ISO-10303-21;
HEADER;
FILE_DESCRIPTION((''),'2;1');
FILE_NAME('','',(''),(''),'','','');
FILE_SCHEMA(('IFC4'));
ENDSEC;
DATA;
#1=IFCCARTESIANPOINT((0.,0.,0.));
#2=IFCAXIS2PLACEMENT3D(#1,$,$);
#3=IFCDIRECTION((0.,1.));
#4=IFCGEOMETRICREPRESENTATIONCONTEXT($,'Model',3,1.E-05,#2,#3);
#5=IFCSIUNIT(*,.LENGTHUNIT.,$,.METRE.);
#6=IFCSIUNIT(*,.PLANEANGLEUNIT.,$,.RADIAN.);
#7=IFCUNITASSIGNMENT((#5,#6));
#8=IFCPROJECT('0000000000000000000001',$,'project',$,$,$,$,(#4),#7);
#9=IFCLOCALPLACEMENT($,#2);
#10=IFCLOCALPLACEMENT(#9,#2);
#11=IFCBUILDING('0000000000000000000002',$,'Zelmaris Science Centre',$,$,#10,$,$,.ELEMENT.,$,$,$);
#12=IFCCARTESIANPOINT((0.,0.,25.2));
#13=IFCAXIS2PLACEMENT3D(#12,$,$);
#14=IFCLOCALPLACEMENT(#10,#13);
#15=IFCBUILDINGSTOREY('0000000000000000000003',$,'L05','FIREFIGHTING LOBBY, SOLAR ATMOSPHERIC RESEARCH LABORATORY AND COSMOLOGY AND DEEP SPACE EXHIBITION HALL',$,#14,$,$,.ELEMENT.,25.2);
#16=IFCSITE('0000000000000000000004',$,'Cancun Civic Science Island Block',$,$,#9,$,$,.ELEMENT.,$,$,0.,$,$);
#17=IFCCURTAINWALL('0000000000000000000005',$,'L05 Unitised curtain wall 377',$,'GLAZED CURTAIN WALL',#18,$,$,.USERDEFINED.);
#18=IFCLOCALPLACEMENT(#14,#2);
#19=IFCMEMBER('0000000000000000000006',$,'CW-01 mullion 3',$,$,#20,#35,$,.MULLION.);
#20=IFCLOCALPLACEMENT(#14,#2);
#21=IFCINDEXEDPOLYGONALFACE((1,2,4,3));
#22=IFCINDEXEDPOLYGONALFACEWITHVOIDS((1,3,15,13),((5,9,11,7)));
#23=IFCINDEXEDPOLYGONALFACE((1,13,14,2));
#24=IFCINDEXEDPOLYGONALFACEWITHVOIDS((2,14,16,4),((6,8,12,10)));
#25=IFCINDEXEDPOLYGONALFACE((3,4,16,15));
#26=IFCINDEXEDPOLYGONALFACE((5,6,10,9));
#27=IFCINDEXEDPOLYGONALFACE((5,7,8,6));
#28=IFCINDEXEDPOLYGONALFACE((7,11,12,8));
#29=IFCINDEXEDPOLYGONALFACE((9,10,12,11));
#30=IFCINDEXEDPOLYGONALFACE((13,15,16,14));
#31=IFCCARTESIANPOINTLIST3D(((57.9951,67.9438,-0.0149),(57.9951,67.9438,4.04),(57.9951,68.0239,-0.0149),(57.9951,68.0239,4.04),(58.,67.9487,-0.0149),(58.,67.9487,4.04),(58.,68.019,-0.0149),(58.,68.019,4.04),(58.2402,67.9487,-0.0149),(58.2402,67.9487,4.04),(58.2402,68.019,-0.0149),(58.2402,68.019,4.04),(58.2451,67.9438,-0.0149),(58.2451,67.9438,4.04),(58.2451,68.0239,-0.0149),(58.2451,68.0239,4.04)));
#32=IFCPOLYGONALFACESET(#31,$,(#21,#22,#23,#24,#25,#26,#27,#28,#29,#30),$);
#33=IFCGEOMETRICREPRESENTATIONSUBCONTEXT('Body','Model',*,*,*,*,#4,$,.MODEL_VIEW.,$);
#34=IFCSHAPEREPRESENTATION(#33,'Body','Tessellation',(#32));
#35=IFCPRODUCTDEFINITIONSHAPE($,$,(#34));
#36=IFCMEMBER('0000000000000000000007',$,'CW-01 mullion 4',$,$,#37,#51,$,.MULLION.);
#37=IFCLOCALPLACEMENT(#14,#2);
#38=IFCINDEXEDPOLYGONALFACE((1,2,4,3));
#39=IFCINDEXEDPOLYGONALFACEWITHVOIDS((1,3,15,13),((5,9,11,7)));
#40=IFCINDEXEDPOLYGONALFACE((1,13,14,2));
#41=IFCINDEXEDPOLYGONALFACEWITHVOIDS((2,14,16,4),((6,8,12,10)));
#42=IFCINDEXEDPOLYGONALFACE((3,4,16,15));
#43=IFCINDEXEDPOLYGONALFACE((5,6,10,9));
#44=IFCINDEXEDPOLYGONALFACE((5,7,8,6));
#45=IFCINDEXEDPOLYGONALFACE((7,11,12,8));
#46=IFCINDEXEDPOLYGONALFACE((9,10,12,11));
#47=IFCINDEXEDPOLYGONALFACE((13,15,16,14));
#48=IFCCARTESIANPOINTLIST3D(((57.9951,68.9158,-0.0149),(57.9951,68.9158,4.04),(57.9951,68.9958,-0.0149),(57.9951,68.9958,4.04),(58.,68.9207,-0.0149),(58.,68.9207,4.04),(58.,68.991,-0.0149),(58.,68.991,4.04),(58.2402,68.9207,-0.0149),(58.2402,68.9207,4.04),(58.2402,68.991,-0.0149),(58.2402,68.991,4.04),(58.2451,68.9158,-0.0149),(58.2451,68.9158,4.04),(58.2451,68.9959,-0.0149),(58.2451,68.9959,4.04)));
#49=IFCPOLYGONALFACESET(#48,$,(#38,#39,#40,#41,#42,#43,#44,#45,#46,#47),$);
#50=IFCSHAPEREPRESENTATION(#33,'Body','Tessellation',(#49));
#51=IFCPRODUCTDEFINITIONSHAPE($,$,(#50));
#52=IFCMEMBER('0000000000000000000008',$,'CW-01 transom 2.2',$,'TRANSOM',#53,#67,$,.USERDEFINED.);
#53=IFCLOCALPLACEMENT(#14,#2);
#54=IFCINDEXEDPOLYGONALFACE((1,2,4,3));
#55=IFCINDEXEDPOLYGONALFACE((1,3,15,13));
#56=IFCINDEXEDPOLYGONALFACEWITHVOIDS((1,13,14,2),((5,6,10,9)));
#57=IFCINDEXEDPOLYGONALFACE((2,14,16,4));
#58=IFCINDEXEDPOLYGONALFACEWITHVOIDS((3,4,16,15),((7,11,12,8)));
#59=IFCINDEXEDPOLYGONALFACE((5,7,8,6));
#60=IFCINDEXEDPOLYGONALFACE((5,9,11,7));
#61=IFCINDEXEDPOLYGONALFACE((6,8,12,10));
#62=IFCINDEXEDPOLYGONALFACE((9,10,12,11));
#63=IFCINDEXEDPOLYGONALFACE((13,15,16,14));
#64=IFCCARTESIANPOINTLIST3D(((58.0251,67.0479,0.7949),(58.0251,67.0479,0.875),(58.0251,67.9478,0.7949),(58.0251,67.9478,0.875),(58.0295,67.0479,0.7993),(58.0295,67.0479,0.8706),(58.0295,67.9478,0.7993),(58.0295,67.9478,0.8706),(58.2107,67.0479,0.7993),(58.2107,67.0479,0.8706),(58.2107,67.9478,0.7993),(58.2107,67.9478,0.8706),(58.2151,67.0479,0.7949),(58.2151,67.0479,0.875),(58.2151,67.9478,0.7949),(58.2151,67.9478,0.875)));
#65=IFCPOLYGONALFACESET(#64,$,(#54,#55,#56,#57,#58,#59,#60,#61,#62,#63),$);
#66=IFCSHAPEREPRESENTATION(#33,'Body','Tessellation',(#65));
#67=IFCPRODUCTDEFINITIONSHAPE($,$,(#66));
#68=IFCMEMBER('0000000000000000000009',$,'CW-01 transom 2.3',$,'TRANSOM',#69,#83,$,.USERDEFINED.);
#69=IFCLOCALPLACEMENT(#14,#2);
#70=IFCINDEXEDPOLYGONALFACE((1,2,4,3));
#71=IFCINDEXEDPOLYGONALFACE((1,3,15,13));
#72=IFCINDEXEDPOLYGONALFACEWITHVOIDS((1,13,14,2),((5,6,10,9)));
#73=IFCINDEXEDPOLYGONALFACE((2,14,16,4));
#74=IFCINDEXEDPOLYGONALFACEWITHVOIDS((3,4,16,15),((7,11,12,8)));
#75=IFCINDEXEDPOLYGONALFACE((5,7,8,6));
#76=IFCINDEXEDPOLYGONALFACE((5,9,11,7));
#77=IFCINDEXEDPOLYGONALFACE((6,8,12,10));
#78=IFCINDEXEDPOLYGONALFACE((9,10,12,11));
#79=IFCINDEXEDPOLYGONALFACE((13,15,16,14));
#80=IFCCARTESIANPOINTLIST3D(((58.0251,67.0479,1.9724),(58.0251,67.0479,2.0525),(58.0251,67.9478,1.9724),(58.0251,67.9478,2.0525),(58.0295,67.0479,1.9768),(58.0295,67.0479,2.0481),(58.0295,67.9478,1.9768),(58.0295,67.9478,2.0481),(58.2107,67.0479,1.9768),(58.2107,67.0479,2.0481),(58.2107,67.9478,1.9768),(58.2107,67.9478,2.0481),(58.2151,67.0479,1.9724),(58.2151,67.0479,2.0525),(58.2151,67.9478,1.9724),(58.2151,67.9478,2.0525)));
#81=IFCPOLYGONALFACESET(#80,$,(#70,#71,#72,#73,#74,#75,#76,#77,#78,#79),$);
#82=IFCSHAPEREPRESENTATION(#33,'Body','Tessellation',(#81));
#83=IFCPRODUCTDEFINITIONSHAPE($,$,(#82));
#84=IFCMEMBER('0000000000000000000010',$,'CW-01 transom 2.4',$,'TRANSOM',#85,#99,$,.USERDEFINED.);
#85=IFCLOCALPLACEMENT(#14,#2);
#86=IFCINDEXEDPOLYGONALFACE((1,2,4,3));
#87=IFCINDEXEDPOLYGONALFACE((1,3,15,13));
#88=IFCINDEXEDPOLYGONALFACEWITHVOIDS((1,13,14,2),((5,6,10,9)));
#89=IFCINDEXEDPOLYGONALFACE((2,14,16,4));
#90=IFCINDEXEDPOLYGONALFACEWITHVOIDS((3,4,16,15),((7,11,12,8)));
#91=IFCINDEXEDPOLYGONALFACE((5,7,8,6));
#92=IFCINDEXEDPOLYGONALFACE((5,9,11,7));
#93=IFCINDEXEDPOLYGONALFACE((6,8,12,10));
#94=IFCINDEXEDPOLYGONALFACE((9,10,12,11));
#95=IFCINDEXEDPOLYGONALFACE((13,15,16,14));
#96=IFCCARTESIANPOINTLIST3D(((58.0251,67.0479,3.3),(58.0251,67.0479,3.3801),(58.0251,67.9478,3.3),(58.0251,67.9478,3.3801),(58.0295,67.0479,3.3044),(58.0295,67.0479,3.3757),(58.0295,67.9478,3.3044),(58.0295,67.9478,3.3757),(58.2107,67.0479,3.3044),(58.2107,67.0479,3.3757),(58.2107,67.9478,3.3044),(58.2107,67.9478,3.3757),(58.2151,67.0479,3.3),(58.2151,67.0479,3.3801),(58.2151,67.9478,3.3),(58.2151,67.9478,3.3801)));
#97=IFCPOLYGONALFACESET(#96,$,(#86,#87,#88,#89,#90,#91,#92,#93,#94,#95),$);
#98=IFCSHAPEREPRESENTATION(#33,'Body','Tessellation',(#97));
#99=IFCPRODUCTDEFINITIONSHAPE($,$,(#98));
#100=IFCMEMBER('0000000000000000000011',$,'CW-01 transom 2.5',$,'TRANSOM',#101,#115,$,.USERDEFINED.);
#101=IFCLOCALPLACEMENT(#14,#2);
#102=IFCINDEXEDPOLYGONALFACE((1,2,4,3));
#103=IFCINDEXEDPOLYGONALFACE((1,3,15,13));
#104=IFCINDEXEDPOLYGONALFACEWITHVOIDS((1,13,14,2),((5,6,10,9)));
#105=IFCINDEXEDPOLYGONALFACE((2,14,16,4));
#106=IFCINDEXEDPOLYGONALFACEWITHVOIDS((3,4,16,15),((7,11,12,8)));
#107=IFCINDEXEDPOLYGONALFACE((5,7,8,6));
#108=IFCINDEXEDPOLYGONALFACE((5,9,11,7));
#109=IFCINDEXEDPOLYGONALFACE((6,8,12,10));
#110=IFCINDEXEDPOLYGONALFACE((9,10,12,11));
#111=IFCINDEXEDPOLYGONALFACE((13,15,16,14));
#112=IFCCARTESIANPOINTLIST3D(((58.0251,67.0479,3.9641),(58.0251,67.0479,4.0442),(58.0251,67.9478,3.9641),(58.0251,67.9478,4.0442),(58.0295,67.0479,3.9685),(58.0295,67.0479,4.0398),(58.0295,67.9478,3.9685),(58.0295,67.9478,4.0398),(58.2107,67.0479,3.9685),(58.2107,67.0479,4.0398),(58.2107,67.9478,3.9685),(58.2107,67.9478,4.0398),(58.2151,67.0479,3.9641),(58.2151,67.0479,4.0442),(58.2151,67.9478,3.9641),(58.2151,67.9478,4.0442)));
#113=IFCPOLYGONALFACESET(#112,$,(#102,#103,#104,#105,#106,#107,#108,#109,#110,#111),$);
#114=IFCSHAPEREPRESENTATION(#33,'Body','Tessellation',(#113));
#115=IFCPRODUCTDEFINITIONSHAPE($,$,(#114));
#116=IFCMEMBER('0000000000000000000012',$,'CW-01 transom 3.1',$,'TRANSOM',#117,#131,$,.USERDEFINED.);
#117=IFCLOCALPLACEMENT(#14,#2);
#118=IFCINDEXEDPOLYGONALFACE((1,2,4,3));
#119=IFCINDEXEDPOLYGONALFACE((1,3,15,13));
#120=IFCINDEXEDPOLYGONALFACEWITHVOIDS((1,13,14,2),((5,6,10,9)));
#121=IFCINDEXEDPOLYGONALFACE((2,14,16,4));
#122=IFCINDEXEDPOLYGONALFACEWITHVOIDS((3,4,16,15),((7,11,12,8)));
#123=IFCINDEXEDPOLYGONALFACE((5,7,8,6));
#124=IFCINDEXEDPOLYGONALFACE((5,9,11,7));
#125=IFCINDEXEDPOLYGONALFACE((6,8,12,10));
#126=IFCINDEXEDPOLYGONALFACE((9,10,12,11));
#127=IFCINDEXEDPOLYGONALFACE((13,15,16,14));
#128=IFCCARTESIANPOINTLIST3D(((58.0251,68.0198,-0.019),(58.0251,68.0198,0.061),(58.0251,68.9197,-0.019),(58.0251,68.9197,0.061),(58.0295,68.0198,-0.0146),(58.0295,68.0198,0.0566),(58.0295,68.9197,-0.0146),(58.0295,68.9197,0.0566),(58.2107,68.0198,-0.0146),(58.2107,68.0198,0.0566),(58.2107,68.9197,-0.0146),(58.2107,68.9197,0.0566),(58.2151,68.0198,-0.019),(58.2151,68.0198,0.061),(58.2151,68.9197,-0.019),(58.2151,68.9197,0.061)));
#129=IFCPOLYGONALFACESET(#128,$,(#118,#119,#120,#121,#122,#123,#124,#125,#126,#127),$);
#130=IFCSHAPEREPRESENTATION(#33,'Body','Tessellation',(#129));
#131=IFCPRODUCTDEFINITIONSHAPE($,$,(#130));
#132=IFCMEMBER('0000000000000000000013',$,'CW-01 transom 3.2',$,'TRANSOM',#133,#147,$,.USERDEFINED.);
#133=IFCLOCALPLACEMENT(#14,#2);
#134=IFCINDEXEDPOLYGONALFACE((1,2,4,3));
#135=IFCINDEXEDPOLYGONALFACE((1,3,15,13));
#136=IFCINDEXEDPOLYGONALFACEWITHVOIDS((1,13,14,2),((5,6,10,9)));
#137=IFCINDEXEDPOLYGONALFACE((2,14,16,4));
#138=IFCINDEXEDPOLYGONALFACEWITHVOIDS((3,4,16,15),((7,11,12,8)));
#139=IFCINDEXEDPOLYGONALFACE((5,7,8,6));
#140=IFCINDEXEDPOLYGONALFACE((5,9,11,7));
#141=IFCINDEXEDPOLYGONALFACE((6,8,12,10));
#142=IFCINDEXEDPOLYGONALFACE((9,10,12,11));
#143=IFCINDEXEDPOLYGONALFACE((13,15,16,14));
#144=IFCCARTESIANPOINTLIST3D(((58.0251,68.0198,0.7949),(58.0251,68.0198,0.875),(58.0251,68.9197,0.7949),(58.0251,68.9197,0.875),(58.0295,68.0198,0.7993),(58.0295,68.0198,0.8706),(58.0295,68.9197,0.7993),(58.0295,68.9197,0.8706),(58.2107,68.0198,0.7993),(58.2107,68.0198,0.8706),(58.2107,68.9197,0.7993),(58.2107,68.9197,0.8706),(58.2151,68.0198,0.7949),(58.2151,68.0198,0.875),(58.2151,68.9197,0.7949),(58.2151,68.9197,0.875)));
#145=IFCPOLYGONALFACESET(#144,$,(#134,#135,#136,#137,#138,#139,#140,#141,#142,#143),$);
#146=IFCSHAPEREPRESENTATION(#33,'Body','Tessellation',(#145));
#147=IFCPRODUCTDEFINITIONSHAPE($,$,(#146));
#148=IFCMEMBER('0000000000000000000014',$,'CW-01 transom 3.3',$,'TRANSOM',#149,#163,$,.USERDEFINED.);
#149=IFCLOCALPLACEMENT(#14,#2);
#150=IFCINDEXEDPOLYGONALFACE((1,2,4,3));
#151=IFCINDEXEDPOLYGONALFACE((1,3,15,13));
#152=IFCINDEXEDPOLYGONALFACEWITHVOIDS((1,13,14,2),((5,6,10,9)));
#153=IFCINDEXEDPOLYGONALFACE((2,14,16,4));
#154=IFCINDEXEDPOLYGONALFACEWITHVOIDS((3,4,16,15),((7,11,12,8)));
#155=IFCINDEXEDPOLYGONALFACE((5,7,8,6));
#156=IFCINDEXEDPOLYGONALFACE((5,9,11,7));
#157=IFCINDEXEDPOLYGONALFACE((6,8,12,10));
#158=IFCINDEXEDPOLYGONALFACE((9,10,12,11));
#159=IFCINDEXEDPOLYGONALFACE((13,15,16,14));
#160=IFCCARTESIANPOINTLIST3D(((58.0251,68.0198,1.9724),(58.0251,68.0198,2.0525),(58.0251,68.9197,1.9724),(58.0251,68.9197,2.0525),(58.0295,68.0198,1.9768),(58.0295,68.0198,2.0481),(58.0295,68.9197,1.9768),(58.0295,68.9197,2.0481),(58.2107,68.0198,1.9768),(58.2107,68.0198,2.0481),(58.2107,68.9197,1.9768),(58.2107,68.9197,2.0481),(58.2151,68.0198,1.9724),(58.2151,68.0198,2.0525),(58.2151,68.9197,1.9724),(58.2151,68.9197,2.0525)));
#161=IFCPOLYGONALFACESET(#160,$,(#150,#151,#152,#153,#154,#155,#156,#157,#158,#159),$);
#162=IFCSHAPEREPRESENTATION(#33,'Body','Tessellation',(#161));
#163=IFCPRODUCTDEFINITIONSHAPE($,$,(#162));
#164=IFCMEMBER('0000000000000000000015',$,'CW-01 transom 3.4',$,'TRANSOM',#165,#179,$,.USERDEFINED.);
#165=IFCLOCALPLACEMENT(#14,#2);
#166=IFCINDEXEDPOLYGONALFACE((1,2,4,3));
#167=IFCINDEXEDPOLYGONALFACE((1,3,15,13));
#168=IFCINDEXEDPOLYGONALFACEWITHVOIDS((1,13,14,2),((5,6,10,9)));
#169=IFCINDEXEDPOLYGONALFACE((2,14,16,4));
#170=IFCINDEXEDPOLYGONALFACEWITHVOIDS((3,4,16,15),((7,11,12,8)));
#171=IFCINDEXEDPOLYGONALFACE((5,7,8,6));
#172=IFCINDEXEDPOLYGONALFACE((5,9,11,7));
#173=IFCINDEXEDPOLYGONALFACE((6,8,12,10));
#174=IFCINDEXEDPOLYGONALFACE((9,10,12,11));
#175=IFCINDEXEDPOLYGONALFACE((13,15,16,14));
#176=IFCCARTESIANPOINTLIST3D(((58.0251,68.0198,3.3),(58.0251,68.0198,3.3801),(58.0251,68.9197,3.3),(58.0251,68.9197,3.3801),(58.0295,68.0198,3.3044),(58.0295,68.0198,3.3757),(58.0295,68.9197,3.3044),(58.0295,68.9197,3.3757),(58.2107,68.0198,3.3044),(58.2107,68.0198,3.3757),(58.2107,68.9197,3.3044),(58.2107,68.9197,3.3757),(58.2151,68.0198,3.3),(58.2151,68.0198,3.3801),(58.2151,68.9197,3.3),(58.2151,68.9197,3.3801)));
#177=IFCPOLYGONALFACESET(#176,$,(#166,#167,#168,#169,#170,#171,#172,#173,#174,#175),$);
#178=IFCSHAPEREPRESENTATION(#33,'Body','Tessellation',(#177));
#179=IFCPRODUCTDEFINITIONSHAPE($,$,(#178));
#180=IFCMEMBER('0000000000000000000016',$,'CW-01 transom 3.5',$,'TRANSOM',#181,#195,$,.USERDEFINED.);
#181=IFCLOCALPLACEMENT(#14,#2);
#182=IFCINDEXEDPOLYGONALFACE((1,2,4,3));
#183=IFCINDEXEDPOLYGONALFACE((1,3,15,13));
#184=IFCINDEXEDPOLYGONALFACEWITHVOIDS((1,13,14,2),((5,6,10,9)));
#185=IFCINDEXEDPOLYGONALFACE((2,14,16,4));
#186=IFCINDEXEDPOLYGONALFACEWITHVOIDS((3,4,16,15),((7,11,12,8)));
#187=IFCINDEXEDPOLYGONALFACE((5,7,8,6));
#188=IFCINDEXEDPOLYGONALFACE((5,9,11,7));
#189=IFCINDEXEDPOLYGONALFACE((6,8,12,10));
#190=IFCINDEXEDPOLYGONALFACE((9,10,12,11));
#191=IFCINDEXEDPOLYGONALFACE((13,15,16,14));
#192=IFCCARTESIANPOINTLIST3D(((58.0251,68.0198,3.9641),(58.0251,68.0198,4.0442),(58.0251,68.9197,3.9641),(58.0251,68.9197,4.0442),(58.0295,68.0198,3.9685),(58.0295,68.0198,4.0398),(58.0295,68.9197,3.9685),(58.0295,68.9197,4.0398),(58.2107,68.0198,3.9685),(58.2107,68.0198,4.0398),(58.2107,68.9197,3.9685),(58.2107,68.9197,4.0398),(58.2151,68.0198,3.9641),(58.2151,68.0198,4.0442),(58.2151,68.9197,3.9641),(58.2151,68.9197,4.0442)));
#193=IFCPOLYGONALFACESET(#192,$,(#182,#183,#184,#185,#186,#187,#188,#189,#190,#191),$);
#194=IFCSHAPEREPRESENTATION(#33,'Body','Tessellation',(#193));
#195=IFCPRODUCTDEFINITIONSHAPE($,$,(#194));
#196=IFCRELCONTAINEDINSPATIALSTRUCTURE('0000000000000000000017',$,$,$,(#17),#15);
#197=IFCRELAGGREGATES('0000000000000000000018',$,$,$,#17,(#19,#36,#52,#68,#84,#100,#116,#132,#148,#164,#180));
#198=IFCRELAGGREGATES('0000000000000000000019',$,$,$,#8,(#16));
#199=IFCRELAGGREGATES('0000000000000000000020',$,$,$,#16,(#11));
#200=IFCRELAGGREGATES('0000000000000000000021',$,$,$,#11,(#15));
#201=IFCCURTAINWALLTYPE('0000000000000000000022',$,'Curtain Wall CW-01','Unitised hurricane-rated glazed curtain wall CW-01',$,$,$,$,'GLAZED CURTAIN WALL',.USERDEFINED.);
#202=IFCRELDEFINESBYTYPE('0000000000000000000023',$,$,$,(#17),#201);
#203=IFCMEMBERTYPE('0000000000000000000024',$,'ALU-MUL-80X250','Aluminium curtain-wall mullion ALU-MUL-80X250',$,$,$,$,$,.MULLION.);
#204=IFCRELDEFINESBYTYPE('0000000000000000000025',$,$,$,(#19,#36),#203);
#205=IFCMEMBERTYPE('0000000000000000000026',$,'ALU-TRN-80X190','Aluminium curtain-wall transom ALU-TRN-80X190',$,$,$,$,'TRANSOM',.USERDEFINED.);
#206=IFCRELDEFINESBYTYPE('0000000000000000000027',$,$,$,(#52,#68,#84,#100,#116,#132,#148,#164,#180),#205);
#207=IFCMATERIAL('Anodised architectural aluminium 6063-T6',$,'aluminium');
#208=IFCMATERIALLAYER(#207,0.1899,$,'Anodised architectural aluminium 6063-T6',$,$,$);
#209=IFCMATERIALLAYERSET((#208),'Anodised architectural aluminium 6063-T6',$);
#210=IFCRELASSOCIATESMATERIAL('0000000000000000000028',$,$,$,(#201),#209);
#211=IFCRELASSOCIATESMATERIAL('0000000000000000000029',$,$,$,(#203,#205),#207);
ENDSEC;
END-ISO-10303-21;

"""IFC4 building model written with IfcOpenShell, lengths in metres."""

from ifc_helpers import new_model, si_unit, direction, frame, origin, origin_2d, place, context, subcontext, project, spatial, hollow_rectangle, extrude, material, layer, layer_set, material_profile, profile_set, type_object, element, aggregate, save


model = new_model("IFC4")

# Units and contexts
model_context = context("Model", 3, precision=1e-05, world=origin(), true_north=direction((0.0, 1.0)))
body_context = subcontext(model_context, "Body", "Model", "MODEL_VIEW")
ifc_project = project(units=[si_unit("LENGTHUNIT", "METRE"), si_unit("PLANEANGLEUNIT", "RADIAN")], contexts=[model_context])

# Site, building, storey
site_placement = place(None, origin())
site = spatial("IfcSite", under=ifc_project, at=site_placement, Name="Cancun Civic Science Island Block", CompositionType="ELEMENT", RefElevation=0.0)
building_placement = place(site_placement, origin())
building = spatial("IfcBuilding", under=site, at=building_placement, Name="Zelmaris Science Centre", CompositionType="ELEMENT")
storey_placement = place(building_placement, frame((0.0, 0.0, 25.2)))
storey = spatial("IfcBuildingStorey", under=building, at=storey_placement, Name="L05", Description="FIREFIGHTING LOBBY, SOLAR ATMOSPHERIC RESEARCH LABORATORY AND COSMOLOGY AND DEEP SPACE EXHIBITION HALL", CompositionType="ELEMENT", Elevation=25.2)

# Curtain wall, members
ifc_material_1 = material(Name="Anodised architectural aluminium 6063-T6", Category="aluminium")
ifc_layer_1 = layer(ifc_material_1, 0.1899, Name="Anodised architectural aluminium 6063-T6")
ifc_layer_set_1 = layer_set([ifc_layer_1], Name="Anodised architectural aluminium 6063-T6")
curtain_wall_type = type_object("IfcCurtainWallType", Name="Curtain Wall CW-01", Description="Unitised hurricane-rated glazed curtain wall CW-01", ElementType="GLAZED CURTAIN WALL", PredefinedType="USERDEFINED", material=ifc_layer_set_1)
curtain_wall_placement = place(storey_placement, origin())
curtain_wall = element("IfcCurtainWall", 1, at=curtain_wall_placement, inside=storey, type_object=curtain_wall_type, Name="L05 Unitised curtain wall 377", ObjectType="GLAZED CURTAIN WALL", PredefinedType="USERDEFINED")
ifc_material_profile_1 = material_profile(ifc_material_1, hollow_rectangle(XDim=0.0801, YDim=0.25, WallThickness=0.0049, at=origin_2d()), Name="ALU-MUL-80X250")
ifc_profile_set_1 = profile_set([ifc_material_profile_1], Name="Anodised architectural aluminium 6063-T6")
member_type_1 = type_object("IfcMemberType", Name="ALU-MUL-80X250", Description="Aluminium curtain-wall mullion ALU-MUL-80X250", PredefinedType="MULLION", material=ifc_profile_set_1)
member_1_placement = place(storey_placement, frame((58.1201, 67.9839, -0.0149), z_axis=(0.0, 0.0, 1.0), x_axis=(-0.000003, 1.0, 0.0)))
member_1 = element("IfcMember", 2, at=member_1_placement, type_object=member_type_1, Name="CW-01 mullion 3", PredefinedType="MULLION", context=body_context, shape_type="SweptSolid", body=[
    extrude(hollow_rectangle(XDim=0.0801, YDim=0.25, WallThickness=0.0049, at=origin_2d()), origin(), (0.0, 0.0, 1.0), 4.0549),
])
member_2_placement = place(storey_placement, frame((58.1201, 68.9558, -0.0149), z_axis=(0.0, 0.0, 1.0), x_axis=(-0.000003, 1.0, 0.0)))
member_2 = element("IfcMember", 3, at=member_2_placement, type_object=member_type_1, Name="CW-01 mullion 4", PredefinedType="MULLION", context=body_context, shape_type="SweptSolid", body=[
    extrude(hollow_rectangle(XDim=0.0801, YDim=0.25, WallThickness=0.0049, at=origin_2d()), origin(), (0.0, 0.0, 1.0), 4.0549),
])
ifc_material_profile_2 = material_profile(ifc_material_1, hollow_rectangle(XDim=0.0801, YDim=0.1899, WallThickness=0.0044, at=origin_2d()), Name="ALU-TRN-80X190")
ifc_profile_set_2 = profile_set([ifc_material_profile_2], Name="Anodised architectural aluminium 6063-T6")
member_type_2 = type_object("IfcMemberType", Name="ALU-TRN-80X190", Description="Aluminium curtain-wall transom ALU-TRN-80X190", ElementType="TRANSOM", PredefinedType="USERDEFINED", material=ifc_profile_set_2)
member_3_placement = place(storey_placement, frame((58.1201, 67.0479, 0.835), z_axis=(0.0, 1.0, 0.0), x_axis=(0.0, 0.0, 1.0)))
member_3 = element("IfcMember", 4, at=member_3_placement, type_object=member_type_2, Name="CW-01 transom 2.2", ObjectType="TRANSOM", PredefinedType="USERDEFINED", context=body_context, shape_type="SweptSolid", body=[
    extrude(hollow_rectangle(XDim=0.0801, YDim=0.1899, WallThickness=0.0044, at=origin_2d()), origin(), (0.0, 0.0, 1.0), 0.8999),
])
member_4_placement = place(storey_placement, frame((58.1201, 67.0479, 2.0125), z_axis=(0.0, 1.0, 0.0), x_axis=(0.0, 0.0, 1.0)))
member_4 = element("IfcMember", 5, at=member_4_placement, type_object=member_type_2, Name="CW-01 transom 2.3", ObjectType="TRANSOM", PredefinedType="USERDEFINED", context=body_context, shape_type="SweptSolid", body=[
    extrude(hollow_rectangle(XDim=0.0801, YDim=0.1899, WallThickness=0.0044, at=origin_2d()), origin(), (0.0, 0.0, 1.0), 0.8999),
])
member_5_placement = place(storey_placement, frame((58.1201, 67.0479, 3.3401), z_axis=(0.0, 1.0, 0.0), x_axis=(0.0, 0.0, 1.0)))
member_5 = element("IfcMember", 6, at=member_5_placement, type_object=member_type_2, Name="CW-01 transom 2.4", ObjectType="TRANSOM", PredefinedType="USERDEFINED", context=body_context, shape_type="SweptSolid", body=[
    extrude(hollow_rectangle(XDim=0.0801, YDim=0.1899, WallThickness=0.0044, at=origin_2d()), origin(), (0.0, 0.0, 1.0), 0.8999),
])
member_6_placement = place(storey_placement, frame((58.1201, 67.0479, 4.0042), z_axis=(0.0, 1.0, 0.0), x_axis=(0.0, 0.0, 1.0)))
member_6 = element("IfcMember", 7, at=member_6_placement, type_object=member_type_2, Name="CW-01 transom 2.5", ObjectType="TRANSOM", PredefinedType="USERDEFINED", context=body_context, shape_type="SweptSolid", body=[
    extrude(hollow_rectangle(XDim=0.0801, YDim=0.1899, WallThickness=0.0044, at=origin_2d()), origin(), (0.0, 0.0, 1.0), 0.8999),
])
member_7_placement = place(storey_placement, frame((58.1201, 68.0198, 0.021), z_axis=(0.0, 1.0, 0.0), x_axis=(0.0, 0.0, 1.0)))
member_7 = element("IfcMember", 8, at=member_7_placement, type_object=member_type_2, Name="CW-01 transom 3.1", ObjectType="TRANSOM", PredefinedType="USERDEFINED", context=body_context, shape_type="SweptSolid", body=[
    extrude(hollow_rectangle(XDim=0.0801, YDim=0.1899, WallThickness=0.0044, at=origin_2d()), origin(), (0.0, 0.0, 1.0), 0.8999),
])
member_8_placement = place(storey_placement, frame((58.1201, 68.0198, 0.835), z_axis=(0.0, 1.0, 0.0), x_axis=(0.0, 0.0, 1.0)))
member_8 = element("IfcMember", 9, at=member_8_placement, type_object=member_type_2, Name="CW-01 transom 3.2", ObjectType="TRANSOM", PredefinedType="USERDEFINED", context=body_context, shape_type="SweptSolid", body=[
    extrude(hollow_rectangle(XDim=0.0801, YDim=0.1899, WallThickness=0.0044, at=origin_2d()), origin(), (0.0, 0.0, 1.0), 0.8999),
])
member_9_placement = place(storey_placement, frame((58.1201, 68.0198, 2.0125), z_axis=(0.0, 1.0, 0.0), x_axis=(0.0, 0.0, 1.0)))
member_9 = element("IfcMember", 10, at=member_9_placement, type_object=member_type_2, Name="CW-01 transom 3.3", ObjectType="TRANSOM", PredefinedType="USERDEFINED", context=body_context, shape_type="SweptSolid", body=[
    extrude(hollow_rectangle(XDim=0.0801, YDim=0.1899, WallThickness=0.0044, at=origin_2d()), origin(), (0.0, 0.0, 1.0), 0.8999),
])
member_10_placement = place(storey_placement, frame((58.1201, 68.0198, 3.3401), z_axis=(0.0, 1.0, 0.0), x_axis=(0.0, 0.0, 1.0)))
member_10 = element("IfcMember", 11, at=member_10_placement, type_object=member_type_2, Name="CW-01 transom 3.4", ObjectType="TRANSOM", PredefinedType="USERDEFINED", context=body_context, shape_type="SweptSolid", body=[
    extrude(hollow_rectangle(XDim=0.0801, YDim=0.1899, WallThickness=0.0044, at=origin_2d()), origin(), (0.0, 0.0, 1.0), 0.8999),
])
member_11_placement = place(storey_placement, frame((58.1201, 68.0198, 4.0042), z_axis=(0.0, 1.0, 0.0), x_axis=(0.0, 0.0, 1.0)))
member_11 = element("IfcMember", 12, at=member_11_placement, type_object=member_type_2, Name="CW-01 transom 3.5", ObjectType="TRANSOM", PredefinedType="USERDEFINED", context=body_context, shape_type="SweptSolid", body=[
    extrude(hollow_rectangle(XDim=0.0801, YDim=0.1899, WallThickness=0.0044, at=origin_2d()), origin(), (0.0, 0.0, 1.0), 0.8999),
])
aggregate(curtain_wall, [member_1, member_2, member_3, member_4, member_5, member_6, member_7, member_8, member_9, member_10, member_11])

save(model, "model.ifc")
